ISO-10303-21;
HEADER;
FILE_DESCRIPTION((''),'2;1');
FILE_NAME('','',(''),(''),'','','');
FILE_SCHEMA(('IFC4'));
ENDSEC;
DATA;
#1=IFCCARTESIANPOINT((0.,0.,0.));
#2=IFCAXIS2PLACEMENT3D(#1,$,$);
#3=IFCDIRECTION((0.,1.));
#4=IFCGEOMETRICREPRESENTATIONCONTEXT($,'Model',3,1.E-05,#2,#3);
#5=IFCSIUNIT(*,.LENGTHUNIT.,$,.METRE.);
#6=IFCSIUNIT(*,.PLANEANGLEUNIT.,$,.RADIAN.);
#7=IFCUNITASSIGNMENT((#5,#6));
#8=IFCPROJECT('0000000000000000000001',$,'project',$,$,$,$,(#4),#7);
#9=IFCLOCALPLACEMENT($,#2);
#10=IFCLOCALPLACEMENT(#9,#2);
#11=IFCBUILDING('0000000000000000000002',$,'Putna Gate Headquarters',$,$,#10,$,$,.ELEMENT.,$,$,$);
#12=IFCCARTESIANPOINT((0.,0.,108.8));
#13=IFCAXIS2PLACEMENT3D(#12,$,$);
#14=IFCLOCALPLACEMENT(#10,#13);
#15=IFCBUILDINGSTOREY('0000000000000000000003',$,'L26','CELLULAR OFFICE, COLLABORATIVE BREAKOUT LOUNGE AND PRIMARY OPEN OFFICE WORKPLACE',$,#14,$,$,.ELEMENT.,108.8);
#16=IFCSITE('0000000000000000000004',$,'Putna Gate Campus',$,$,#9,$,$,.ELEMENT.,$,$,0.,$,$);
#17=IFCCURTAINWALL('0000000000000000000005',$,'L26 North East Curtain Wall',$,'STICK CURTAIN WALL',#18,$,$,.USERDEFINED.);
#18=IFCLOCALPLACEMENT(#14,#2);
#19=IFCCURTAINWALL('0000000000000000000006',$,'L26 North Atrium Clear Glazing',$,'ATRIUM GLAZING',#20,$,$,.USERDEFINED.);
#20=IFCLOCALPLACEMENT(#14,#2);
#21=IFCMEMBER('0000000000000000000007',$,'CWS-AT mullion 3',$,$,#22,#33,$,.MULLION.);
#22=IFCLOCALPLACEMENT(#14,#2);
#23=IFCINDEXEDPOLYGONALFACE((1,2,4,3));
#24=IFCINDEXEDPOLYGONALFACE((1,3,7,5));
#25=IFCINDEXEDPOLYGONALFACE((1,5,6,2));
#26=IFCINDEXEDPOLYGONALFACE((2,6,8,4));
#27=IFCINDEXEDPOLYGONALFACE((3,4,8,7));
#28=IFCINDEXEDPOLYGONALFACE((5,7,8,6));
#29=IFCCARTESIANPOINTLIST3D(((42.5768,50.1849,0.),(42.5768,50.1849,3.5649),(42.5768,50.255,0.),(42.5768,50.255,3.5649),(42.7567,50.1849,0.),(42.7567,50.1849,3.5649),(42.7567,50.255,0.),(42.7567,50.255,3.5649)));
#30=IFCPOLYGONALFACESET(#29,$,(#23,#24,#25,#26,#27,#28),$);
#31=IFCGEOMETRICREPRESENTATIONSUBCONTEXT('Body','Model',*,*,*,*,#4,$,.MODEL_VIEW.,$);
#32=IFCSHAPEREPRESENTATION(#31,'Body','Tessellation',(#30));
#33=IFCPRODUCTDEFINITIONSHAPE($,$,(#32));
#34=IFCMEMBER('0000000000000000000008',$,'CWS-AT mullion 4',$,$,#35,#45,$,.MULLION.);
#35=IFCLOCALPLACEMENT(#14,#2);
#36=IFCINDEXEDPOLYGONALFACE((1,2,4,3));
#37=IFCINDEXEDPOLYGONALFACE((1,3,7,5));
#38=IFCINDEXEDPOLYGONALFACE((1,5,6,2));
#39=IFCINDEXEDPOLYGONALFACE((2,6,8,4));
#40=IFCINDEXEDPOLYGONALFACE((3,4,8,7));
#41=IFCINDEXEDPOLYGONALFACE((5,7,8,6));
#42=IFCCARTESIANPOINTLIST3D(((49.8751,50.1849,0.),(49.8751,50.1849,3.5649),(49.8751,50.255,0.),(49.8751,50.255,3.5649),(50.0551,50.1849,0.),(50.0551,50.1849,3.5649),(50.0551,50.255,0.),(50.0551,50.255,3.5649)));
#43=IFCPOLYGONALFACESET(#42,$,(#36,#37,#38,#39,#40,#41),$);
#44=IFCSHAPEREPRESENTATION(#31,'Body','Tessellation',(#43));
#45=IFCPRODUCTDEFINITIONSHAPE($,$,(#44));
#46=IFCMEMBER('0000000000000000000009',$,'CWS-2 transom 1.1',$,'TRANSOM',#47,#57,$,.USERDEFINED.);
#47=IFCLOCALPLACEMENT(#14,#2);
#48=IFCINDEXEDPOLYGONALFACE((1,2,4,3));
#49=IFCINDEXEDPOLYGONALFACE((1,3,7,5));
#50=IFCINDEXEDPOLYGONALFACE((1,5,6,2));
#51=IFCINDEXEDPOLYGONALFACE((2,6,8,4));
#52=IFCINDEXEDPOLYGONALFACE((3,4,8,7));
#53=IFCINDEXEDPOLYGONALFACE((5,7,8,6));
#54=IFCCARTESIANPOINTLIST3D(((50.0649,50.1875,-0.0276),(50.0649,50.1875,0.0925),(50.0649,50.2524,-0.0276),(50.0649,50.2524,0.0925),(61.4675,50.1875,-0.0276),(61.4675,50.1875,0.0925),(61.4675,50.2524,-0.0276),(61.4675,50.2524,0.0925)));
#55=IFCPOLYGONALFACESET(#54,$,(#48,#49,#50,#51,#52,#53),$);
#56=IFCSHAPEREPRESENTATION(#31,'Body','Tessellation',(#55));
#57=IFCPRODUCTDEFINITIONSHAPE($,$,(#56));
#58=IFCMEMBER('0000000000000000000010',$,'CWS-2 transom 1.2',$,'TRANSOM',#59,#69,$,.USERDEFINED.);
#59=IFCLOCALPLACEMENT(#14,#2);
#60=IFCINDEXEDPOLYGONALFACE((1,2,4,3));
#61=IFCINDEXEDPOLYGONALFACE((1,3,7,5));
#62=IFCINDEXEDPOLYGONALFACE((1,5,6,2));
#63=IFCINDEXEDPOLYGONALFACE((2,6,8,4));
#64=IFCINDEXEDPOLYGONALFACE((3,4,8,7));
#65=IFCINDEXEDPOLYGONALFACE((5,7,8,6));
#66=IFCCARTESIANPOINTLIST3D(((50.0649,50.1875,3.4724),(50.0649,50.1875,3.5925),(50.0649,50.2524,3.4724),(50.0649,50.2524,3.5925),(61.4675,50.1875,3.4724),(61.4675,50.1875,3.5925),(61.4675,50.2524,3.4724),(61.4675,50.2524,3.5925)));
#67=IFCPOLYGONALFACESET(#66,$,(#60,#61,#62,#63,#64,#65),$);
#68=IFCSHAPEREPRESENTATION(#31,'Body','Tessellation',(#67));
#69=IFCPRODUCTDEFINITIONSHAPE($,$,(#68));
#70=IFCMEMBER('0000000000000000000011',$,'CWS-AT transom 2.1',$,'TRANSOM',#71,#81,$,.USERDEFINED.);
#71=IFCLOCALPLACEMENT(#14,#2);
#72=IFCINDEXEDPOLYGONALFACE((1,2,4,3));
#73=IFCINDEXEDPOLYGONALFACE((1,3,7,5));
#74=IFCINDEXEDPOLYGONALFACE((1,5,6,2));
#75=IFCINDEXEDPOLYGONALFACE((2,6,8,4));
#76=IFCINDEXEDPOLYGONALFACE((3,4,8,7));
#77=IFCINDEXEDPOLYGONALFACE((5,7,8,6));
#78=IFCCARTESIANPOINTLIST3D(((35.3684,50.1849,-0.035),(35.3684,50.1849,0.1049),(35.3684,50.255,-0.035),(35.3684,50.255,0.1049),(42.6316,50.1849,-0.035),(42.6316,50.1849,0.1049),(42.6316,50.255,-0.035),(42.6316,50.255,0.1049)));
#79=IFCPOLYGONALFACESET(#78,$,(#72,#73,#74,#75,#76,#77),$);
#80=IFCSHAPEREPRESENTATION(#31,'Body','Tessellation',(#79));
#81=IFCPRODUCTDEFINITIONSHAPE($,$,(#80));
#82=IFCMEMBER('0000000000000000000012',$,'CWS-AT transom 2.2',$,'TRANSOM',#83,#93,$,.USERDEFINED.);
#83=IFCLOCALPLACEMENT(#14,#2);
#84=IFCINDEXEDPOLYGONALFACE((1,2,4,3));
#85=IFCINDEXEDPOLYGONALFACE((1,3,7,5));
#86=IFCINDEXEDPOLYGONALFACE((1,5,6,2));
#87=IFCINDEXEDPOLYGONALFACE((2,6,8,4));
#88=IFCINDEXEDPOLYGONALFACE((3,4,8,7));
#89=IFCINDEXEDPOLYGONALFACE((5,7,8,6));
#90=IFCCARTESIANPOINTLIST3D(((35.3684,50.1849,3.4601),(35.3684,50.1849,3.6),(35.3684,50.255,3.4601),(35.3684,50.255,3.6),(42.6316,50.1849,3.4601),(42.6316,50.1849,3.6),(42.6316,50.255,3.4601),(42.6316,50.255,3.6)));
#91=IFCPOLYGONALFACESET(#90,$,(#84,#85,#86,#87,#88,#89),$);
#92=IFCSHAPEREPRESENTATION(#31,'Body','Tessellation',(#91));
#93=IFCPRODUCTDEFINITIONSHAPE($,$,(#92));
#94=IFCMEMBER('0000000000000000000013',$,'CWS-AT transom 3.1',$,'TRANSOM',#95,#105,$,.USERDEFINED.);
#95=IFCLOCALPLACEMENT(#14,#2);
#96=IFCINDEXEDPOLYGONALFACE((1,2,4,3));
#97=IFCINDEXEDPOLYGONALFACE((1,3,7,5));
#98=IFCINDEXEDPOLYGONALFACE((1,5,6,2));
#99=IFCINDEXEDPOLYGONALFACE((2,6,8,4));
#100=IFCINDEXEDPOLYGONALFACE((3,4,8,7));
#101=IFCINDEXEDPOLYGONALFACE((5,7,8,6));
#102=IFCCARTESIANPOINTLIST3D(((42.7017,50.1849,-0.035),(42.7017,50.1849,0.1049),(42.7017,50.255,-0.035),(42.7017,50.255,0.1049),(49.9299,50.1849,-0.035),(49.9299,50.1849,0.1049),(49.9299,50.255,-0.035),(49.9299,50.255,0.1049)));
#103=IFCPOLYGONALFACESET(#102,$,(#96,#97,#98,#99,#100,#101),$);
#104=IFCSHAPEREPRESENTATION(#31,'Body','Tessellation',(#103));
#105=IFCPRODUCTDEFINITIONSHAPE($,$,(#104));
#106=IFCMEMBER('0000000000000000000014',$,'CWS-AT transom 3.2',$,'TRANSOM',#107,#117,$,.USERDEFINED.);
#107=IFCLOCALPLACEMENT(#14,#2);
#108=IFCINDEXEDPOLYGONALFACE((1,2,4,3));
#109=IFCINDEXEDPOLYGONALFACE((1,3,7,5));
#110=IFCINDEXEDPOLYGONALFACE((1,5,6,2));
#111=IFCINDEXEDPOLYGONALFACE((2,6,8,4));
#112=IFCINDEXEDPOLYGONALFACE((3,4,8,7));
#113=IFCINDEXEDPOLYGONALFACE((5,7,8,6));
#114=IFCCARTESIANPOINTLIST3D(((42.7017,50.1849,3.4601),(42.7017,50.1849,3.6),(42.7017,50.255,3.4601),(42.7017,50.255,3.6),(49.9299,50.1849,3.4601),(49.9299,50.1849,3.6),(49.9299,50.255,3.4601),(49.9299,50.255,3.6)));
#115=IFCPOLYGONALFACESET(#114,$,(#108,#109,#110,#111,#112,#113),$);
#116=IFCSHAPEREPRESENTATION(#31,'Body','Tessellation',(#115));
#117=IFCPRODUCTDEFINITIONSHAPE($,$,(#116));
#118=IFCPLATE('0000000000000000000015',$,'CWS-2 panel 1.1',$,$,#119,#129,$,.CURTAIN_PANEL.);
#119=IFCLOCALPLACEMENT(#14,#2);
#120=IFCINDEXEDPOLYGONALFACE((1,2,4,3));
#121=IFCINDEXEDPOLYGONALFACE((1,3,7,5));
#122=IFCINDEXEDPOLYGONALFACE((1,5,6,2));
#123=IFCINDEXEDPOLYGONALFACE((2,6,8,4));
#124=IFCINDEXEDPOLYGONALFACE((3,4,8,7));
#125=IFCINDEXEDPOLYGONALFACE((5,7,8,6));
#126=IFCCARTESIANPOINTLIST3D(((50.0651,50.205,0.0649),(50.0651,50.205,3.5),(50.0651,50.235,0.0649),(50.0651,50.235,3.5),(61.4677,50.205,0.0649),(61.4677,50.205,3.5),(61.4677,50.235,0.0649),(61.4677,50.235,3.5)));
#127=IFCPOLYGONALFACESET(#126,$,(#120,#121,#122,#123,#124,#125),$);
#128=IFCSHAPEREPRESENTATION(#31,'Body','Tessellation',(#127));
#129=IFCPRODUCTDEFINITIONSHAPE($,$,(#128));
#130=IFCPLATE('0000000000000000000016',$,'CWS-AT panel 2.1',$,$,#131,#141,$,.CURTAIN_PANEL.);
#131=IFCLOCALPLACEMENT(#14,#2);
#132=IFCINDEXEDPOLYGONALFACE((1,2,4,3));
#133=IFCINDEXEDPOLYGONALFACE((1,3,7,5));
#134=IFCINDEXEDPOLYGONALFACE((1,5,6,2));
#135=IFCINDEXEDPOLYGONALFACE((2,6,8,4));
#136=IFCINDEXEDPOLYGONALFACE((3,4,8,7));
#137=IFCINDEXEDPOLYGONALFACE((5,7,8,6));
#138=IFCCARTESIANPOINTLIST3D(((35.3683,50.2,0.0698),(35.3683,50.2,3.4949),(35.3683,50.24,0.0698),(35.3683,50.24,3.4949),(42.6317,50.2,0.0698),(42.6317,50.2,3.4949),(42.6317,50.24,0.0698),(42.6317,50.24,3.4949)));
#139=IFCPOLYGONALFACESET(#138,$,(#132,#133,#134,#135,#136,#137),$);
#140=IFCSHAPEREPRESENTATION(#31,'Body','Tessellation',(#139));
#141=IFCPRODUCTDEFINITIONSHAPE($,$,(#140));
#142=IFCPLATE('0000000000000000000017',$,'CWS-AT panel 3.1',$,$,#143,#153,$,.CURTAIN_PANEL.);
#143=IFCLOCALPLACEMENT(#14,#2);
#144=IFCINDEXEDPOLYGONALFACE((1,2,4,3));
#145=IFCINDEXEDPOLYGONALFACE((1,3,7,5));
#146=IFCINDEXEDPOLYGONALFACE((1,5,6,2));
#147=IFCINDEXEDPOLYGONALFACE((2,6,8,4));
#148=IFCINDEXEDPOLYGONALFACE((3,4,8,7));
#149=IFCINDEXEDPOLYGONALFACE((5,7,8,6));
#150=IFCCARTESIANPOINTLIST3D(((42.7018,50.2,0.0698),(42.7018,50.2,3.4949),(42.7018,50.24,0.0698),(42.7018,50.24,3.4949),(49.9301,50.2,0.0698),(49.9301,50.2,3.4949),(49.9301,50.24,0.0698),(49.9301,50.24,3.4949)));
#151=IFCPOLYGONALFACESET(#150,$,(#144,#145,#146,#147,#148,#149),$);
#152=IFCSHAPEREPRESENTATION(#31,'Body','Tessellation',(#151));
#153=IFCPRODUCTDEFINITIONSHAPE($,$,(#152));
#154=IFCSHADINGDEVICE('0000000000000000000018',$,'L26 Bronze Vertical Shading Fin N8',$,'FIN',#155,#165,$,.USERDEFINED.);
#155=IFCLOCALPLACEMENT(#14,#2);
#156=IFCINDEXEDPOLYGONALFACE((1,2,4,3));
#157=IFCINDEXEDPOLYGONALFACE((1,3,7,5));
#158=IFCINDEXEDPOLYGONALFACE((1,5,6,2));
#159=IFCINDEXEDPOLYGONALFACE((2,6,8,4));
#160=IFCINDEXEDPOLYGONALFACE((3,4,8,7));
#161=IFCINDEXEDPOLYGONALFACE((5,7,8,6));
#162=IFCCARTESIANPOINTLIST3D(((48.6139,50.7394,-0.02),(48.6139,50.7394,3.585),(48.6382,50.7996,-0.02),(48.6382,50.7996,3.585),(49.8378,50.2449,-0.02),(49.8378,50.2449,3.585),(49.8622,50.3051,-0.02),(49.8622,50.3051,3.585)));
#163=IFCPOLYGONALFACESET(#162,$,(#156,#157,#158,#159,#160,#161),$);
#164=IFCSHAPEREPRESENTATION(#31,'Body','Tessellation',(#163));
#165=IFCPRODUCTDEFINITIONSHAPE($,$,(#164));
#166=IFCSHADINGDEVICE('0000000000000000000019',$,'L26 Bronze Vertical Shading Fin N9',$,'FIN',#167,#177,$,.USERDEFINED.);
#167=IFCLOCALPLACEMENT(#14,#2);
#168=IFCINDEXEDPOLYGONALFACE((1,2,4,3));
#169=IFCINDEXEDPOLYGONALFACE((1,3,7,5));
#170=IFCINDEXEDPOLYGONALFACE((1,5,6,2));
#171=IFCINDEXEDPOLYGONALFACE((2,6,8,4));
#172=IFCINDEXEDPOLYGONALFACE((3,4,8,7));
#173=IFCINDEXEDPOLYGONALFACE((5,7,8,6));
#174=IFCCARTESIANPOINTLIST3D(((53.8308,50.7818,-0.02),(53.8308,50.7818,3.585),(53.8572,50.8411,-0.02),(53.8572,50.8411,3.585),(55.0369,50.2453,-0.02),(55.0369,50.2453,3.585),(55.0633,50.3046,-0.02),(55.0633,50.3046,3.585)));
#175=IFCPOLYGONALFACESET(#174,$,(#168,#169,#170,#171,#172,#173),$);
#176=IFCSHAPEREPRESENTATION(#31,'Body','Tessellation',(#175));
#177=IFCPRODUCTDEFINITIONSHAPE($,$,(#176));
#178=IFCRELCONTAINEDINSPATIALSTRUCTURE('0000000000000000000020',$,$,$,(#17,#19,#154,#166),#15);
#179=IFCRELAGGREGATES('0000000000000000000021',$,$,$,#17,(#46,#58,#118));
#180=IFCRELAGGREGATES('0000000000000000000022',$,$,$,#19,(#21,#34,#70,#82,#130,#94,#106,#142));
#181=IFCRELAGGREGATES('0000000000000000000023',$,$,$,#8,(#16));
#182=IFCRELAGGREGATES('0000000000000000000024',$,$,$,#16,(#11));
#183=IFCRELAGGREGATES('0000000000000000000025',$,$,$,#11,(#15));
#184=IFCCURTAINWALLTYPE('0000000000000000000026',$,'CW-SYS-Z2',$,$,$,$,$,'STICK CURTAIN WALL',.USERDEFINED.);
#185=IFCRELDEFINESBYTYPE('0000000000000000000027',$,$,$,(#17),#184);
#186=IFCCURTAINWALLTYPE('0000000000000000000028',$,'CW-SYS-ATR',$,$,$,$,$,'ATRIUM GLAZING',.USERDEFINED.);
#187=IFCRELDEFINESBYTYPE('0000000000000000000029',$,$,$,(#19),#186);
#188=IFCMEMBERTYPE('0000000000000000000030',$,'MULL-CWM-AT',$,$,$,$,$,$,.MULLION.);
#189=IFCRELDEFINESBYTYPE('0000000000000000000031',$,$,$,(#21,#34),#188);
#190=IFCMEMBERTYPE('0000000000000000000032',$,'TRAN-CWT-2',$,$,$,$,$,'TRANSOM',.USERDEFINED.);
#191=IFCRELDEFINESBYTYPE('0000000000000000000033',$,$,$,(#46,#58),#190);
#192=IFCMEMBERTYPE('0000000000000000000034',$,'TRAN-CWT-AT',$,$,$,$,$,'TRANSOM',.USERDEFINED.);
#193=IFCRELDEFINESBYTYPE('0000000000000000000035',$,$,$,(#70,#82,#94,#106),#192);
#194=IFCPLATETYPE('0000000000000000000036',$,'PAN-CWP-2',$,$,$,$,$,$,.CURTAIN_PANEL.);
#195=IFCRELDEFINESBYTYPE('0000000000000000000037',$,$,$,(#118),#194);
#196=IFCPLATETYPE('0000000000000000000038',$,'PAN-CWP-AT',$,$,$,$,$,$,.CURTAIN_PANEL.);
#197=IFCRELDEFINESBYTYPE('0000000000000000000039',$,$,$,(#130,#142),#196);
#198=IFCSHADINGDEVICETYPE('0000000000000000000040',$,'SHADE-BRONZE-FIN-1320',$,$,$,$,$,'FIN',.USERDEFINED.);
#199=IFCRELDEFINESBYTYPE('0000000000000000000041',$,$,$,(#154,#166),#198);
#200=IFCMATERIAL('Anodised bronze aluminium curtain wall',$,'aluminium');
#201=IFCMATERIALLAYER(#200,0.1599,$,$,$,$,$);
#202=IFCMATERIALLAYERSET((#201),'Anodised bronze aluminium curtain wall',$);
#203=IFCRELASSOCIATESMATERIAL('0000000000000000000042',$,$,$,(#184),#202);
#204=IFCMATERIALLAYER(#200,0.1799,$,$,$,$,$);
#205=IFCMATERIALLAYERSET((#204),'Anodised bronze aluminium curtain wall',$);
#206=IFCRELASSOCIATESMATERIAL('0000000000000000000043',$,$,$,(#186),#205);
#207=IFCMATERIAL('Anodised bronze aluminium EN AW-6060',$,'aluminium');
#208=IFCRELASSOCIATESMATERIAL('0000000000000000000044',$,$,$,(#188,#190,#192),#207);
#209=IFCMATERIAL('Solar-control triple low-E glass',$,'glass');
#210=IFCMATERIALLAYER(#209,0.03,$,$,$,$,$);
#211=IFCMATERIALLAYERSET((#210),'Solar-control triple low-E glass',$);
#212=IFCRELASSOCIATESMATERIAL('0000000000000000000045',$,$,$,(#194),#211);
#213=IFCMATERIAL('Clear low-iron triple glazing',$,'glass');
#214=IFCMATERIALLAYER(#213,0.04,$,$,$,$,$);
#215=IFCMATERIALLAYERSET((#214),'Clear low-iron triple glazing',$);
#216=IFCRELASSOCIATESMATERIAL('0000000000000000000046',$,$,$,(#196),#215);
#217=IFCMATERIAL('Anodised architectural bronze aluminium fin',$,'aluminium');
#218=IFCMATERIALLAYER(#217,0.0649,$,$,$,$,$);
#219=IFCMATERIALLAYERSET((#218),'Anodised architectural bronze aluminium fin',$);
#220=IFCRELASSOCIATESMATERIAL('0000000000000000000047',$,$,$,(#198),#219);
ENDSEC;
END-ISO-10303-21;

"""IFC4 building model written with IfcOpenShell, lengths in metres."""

from ifc_helpers import new_model, si_unit, direction, frame, origin, origin_2d, place, context, subcontext, project, spatial, rectangle, extrude, material, layer, layer_set, material_profile, profile_set, type_object, element, aggregate, save


model = new_model("IFC4")

# Units and contexts
model_context = context("Model", 3, precision=1e-05, world=origin(), true_north=direction((0.0, 1.0)))
body_context = subcontext(model_context, "Body", "Model", "MODEL_VIEW")
ifc_project = project(units=[si_unit("LENGTHUNIT", "METRE"), si_unit("PLANEANGLEUNIT", "RADIAN")], contexts=[model_context])

# Site, building, storey
site_placement = place(None, origin())
site = spatial("IfcSite", under=ifc_project, at=site_placement, Name="Putna Gate Campus", CompositionType="ELEMENT", RefElevation=0.0)
building_placement = place(site_placement, origin())
building = spatial("IfcBuilding", under=site, at=building_placement, Name="Putna Gate Headquarters", CompositionType="ELEMENT")
storey_placement = place(building_placement, frame((0.0, 0.0, 108.8)))
storey = spatial("IfcBuildingStorey", under=building, at=storey_placement, Name="L26", Description="CELLULAR OFFICE, COLLABORATIVE BREAKOUT LOUNGE AND PRIMARY OPEN OFFICE WORKPLACE", CompositionType="ELEMENT", Elevation=108.8)

# Curtain wall
ifc_material_1 = material(Name="Anodised bronze aluminium curtain wall", Category="aluminium")
ifc_layer_1 = layer(ifc_material_1, 0.1599)
ifc_layer_set_1 = layer_set([ifc_layer_1], Name="Anodised bronze aluminium curtain wall")
curtain_wall_type_1 = type_object("IfcCurtainWallType", Name="CW-SYS-Z2", ElementType="STICK CURTAIN WALL", PredefinedType="USERDEFINED", material=ifc_layer_set_1)
curtain_wall_1_placement = place(storey_placement, origin())
curtain_wall_1 = element("IfcCurtainWall", 1, at=curtain_wall_1_placement, inside=storey, type_object=curtain_wall_type_1, Name="L26 North East Curtain Wall", ObjectType="STICK CURTAIN WALL", PredefinedType="USERDEFINED")
ifc_material_2 = material(Name="Anodised bronze aluminium EN AW-6060", Category="aluminium")

# Curtain wall, members
ifc_layer_2 = layer(ifc_material_1, 0.1799)
ifc_layer_set_2 = layer_set([ifc_layer_2], Name="Anodised bronze aluminium curtain wall")
curtain_wall_type_2 = type_object("IfcCurtainWallType", Name="CW-SYS-ATR", ElementType="ATRIUM GLAZING", PredefinedType="USERDEFINED", material=ifc_layer_set_2)
curtain_wall_2_placement = place(storey_placement, origin())
curtain_wall_2 = element("IfcCurtainWall", 2, at=curtain_wall_2_placement, inside=storey, type_object=curtain_wall_type_2, Name="L26 North Atrium Clear Glazing", ObjectType="ATRIUM GLAZING", PredefinedType="USERDEFINED")
ifc_material_profile_1 = material_profile(ifc_material_2, rectangle(XDim=0.0701, YDim=0.1799, at=origin_2d()), Name="Anodised bronze aluminium EN AW-6060")
ifc_profile_set_1 = profile_set([ifc_material_profile_1], Name="Anodised bronze aluminium EN AW-6060")
member_type_1 = type_object("IfcMemberType", Name="MULL-CWM-AT", PredefinedType="MULLION", material=ifc_profile_set_1)
member_1_placement = place(storey_placement, frame((42.6667, 50.22, 0.0), z_axis=(0.0, 0.0, 1.0), x_axis=(0.0, 1.0, 0.0)))
member_1 = element("IfcMember", 3, at=member_1_placement, type_object=member_type_1, Name="CWS-AT mullion 3", PredefinedType="MULLION", context=body_context, shape_type="SweptSolid", body=[
    extrude(rectangle(XDim=0.0701, YDim=0.1799, at=origin_2d()), origin(), (0.0, 0.0, 1.0), 3.5649),
])
member_2_placement = place(storey_placement, frame((49.9651, 50.22, 0.0), z_axis=(0.0, 0.0, 1.0), x_axis=(0.0, 1.0, 0.0)))
member_2 = element("IfcMember", 4, at=member_2_placement, type_object=member_type_1, Name="CWS-AT mullion 4", PredefinedType="MULLION", context=body_context, shape_type="SweptSolid", body=[
    extrude(rectangle(XDim=0.0701, YDim=0.1799, at=origin_2d()), origin(), (0.0, 0.0, 1.0), 3.5649),
])

# Members
ifc_material_profile_2 = material_profile(ifc_material_2, rectangle(XDim=0.0649, YDim=0.1201, at=origin_2d()), Name="Anodised bronze aluminium EN AW-6060")
ifc_profile_set_2 = profile_set([ifc_material_profile_2], Name="Anodised bronze aluminium EN AW-6060")
member_type_2 = type_object("IfcMemberType", Name="TRAN-CWT-2", ElementType="TRANSOM", PredefinedType="USERDEFINED", material=ifc_profile_set_2)
member_3_placement = place(storey_placement, frame((50.0649, 50.22, 0.0325), z_axis=(1.0, 0.0, 0.0), x_axis=(0.0, 1.0, 0.0)))
member_3 = element("IfcMember", 5, at=member_3_placement, type_object=member_type_2, Name="CWS-2 transom 1.1", ObjectType="TRANSOM", PredefinedType="USERDEFINED", context=body_context, shape_type="SweptSolid", body=[
    extrude(rectangle(XDim=0.0649, YDim=0.1201, at=origin_2d()), origin(), (0.0, 0.0, 1.0), 11.4026),
])
member_4_placement = place(storey_placement, frame((50.0649, 50.22, 3.5325), z_axis=(1.0, 0.0, 0.0), x_axis=(0.0, 1.0, 0.0)))
member_4 = element("IfcMember", 6, at=member_4_placement, type_object=member_type_2, Name="CWS-2 transom 1.2", ObjectType="TRANSOM", PredefinedType="USERDEFINED", context=body_context, shape_type="SweptSolid", body=[
    extrude(rectangle(XDim=0.0649, YDim=0.1201, at=origin_2d()), origin(), (0.0, 0.0, 1.0), 11.4026),
])
ifc_material_profile_3 = material_profile(ifc_material_2, rectangle(XDim=0.0701, YDim=0.1399, at=origin_2d()), Name="Anodised bronze aluminium EN AW-6060")
ifc_profile_set_3 = profile_set([ifc_material_profile_3], Name="Anodised bronze aluminium EN AW-6060")
member_type_3 = type_object("IfcMemberType", Name="TRAN-CWT-AT", ElementType="TRANSOM", PredefinedType="USERDEFINED", material=ifc_profile_set_3)
member_5_placement = place(storey_placement, frame((35.3684, 50.22, 0.0349), z_axis=(1.0, 0.0, 0.0), x_axis=(0.0, 1.0, 0.0)))
member_5 = element("IfcMember", 7, at=member_5_placement, type_object=member_type_3, Name="CWS-AT transom 2.1", ObjectType="TRANSOM", PredefinedType="USERDEFINED", context=body_context, shape_type="SweptSolid", body=[
    extrude(rectangle(XDim=0.0701, YDim=0.1399, at=origin_2d()), origin(), (0.0, 0.0, 1.0), 7.2632),
])
member_6_placement = place(storey_placement, frame((35.3684, 50.22, 3.53), z_axis=(1.0, 0.0, 0.0), x_axis=(0.0, 1.0, 0.0)))
member_6 = element("IfcMember", 8, at=member_6_placement, type_object=member_type_3, Name="CWS-AT transom 2.2", ObjectType="TRANSOM", PredefinedType="USERDEFINED", context=body_context, shape_type="SweptSolid", body=[
    extrude(rectangle(XDim=0.0701, YDim=0.1399, at=origin_2d()), origin(), (0.0, 0.0, 1.0), 7.2632),
])
member_7_placement = place(storey_placement, frame((42.7017, 50.22, 0.0349), z_axis=(1.0, 0.0, 0.0), x_axis=(0.0, 1.0, 0.0)))
member_7 = element("IfcMember", 9, at=member_7_placement, type_object=member_type_3, Name="CWS-AT transom 3.1", ObjectType="TRANSOM", PredefinedType="USERDEFINED", context=body_context, shape_type="SweptSolid", body=[
    extrude(rectangle(XDim=0.0701, YDim=0.1399, at=origin_2d()), origin(), (0.0, 0.0, 1.0), 7.2283),
])
member_8_placement = place(storey_placement, frame((42.7017, 50.22, 3.53), z_axis=(1.0, 0.0, 0.0), x_axis=(0.0, 1.0, 0.0)))
member_8 = element("IfcMember", 10, at=member_8_placement, type_object=member_type_3, Name="CWS-AT transom 3.2", ObjectType="TRANSOM", PredefinedType="USERDEFINED", context=body_context, shape_type="SweptSolid", body=[
    extrude(rectangle(XDim=0.0701, YDim=0.1399, at=origin_2d()), origin(), (0.0, 0.0, 1.0), 7.2283),
])

# Plates
ifc_material_3 = material(Name="Solar-control triple low-E glass", Category="glass")
ifc_layer_3 = layer(ifc_material_3, 0.03)
ifc_layer_set_3 = layer_set([ifc_layer_3], Name="Solar-control triple low-E glass")
plate_type_1 = type_object("IfcPlateType", Name="PAN-CWP-2", PredefinedType="CURTAIN_PANEL", material=ifc_layer_set_3)
plate_1_placement = place(storey_placement, frame((55.7664, 50.22, 0.0649), z_axis=(0.0, 0.0, 1.0), x_axis=(1.0, 0.0, 0.0)))
plate_1 = element("IfcPlate", 11, at=plate_1_placement, type_object=plate_type_1, Name="CWS-2 panel 1.1", PredefinedType="CURTAIN_PANEL", context=body_context, shape_type="SweptSolid", body=[
    extrude(rectangle(XDim=11.4026, YDim=0.03, at=origin_2d()), origin(), (0.0, 0.0, 1.0), 3.4351),
])
aggregate(curtain_wall_1, [member_3, member_4, plate_1])
ifc_material_4 = material(Name="Clear low-iron triple glazing", Category="glass")
ifc_layer_4 = layer(ifc_material_4, 0.04)
ifc_layer_set_4 = layer_set([ifc_layer_4], Name="Clear low-iron triple glazing")
plate_type_2 = type_object("IfcPlateType", Name="PAN-CWP-AT", PredefinedType="CURTAIN_PANEL", material=ifc_layer_set_4)
plate_2_placement = place(storey_placement, frame((39.0, 50.22, 0.0698), z_axis=(0.0, 0.0, 1.0), x_axis=(1.0, 0.0, 0.0)))
plate_2 = element("IfcPlate", 12, at=plate_2_placement, type_object=plate_type_2, Name="CWS-AT panel 2.1", PredefinedType="CURTAIN_PANEL", context=body_context, shape_type="SweptSolid", body=[
    extrude(rectangle(XDim=7.2634, YDim=0.04, at=origin_2d()), origin(), (0.0, 0.0, 1.0), 3.425),
])
plate_3_placement = place(storey_placement, frame((46.3159, 50.22, 0.0698), z_axis=(0.0, 0.0, 1.0), x_axis=(1.0, 0.0, 0.0)))
plate_3 = element("IfcPlate", 13, at=plate_3_placement, type_object=plate_type_2, Name="CWS-AT panel 3.1", PredefinedType="CURTAIN_PANEL", context=body_context, shape_type="SweptSolid", body=[
    extrude(rectangle(XDim=7.2283, YDim=0.04, at=origin_2d()), origin(), (0.0, 0.0, 1.0), 3.425),
])
aggregate(curtain_wall_2, [member_1, member_2, member_5, member_6, plate_2, member_7, member_8, plate_3])

# Shading devices
ifc_material_5 = material(Name="Anodised architectural bronze aluminium fin", Category="aluminium")
ifc_layer_5 = layer(ifc_material_5, 0.0649)
ifc_layer_set_5 = layer_set([ifc_layer_5], Name="Anodised architectural bronze aluminium fin")
shading_device_type = type_object("IfcShadingDeviceType", Name="SHADE-BRONZE-FIN-1320", ElementType="FIN", PredefinedType="USERDEFINED", material=ifc_layer_set_5)
for number, where, z_axis, x_axis, name in (
    (14, (49.238, 50.5222, -0.02), (0.0, 0.0, 1.0), (-0.927184, 0.374607, 0.0), "L26 Bronze Vertical Shading Fin N8"),
    (15, (54.447, 50.5432, -0.02), (0.0, 0.0, 1.0), (-0.913687, 0.406418, 0.0), "L26 Bronze Vertical Shading Fin N9"),
):
    element("IfcShadingDevice", number, at=place(storey_placement, frame(where, z_axis=z_axis, x_axis=x_axis)), inside=storey, type_object=shading_device_type, Name=name, ObjectType="FIN", PredefinedType="USERDEFINED", context=body_context, shape_type="SweptSolid", body=[
        extrude(rectangle(XDim=1.3201, YDim=0.0649, at=origin_2d()), origin(), (0.0, 0.0, 1.0), 3.605),
    ])

save(model, "model.ifc")
